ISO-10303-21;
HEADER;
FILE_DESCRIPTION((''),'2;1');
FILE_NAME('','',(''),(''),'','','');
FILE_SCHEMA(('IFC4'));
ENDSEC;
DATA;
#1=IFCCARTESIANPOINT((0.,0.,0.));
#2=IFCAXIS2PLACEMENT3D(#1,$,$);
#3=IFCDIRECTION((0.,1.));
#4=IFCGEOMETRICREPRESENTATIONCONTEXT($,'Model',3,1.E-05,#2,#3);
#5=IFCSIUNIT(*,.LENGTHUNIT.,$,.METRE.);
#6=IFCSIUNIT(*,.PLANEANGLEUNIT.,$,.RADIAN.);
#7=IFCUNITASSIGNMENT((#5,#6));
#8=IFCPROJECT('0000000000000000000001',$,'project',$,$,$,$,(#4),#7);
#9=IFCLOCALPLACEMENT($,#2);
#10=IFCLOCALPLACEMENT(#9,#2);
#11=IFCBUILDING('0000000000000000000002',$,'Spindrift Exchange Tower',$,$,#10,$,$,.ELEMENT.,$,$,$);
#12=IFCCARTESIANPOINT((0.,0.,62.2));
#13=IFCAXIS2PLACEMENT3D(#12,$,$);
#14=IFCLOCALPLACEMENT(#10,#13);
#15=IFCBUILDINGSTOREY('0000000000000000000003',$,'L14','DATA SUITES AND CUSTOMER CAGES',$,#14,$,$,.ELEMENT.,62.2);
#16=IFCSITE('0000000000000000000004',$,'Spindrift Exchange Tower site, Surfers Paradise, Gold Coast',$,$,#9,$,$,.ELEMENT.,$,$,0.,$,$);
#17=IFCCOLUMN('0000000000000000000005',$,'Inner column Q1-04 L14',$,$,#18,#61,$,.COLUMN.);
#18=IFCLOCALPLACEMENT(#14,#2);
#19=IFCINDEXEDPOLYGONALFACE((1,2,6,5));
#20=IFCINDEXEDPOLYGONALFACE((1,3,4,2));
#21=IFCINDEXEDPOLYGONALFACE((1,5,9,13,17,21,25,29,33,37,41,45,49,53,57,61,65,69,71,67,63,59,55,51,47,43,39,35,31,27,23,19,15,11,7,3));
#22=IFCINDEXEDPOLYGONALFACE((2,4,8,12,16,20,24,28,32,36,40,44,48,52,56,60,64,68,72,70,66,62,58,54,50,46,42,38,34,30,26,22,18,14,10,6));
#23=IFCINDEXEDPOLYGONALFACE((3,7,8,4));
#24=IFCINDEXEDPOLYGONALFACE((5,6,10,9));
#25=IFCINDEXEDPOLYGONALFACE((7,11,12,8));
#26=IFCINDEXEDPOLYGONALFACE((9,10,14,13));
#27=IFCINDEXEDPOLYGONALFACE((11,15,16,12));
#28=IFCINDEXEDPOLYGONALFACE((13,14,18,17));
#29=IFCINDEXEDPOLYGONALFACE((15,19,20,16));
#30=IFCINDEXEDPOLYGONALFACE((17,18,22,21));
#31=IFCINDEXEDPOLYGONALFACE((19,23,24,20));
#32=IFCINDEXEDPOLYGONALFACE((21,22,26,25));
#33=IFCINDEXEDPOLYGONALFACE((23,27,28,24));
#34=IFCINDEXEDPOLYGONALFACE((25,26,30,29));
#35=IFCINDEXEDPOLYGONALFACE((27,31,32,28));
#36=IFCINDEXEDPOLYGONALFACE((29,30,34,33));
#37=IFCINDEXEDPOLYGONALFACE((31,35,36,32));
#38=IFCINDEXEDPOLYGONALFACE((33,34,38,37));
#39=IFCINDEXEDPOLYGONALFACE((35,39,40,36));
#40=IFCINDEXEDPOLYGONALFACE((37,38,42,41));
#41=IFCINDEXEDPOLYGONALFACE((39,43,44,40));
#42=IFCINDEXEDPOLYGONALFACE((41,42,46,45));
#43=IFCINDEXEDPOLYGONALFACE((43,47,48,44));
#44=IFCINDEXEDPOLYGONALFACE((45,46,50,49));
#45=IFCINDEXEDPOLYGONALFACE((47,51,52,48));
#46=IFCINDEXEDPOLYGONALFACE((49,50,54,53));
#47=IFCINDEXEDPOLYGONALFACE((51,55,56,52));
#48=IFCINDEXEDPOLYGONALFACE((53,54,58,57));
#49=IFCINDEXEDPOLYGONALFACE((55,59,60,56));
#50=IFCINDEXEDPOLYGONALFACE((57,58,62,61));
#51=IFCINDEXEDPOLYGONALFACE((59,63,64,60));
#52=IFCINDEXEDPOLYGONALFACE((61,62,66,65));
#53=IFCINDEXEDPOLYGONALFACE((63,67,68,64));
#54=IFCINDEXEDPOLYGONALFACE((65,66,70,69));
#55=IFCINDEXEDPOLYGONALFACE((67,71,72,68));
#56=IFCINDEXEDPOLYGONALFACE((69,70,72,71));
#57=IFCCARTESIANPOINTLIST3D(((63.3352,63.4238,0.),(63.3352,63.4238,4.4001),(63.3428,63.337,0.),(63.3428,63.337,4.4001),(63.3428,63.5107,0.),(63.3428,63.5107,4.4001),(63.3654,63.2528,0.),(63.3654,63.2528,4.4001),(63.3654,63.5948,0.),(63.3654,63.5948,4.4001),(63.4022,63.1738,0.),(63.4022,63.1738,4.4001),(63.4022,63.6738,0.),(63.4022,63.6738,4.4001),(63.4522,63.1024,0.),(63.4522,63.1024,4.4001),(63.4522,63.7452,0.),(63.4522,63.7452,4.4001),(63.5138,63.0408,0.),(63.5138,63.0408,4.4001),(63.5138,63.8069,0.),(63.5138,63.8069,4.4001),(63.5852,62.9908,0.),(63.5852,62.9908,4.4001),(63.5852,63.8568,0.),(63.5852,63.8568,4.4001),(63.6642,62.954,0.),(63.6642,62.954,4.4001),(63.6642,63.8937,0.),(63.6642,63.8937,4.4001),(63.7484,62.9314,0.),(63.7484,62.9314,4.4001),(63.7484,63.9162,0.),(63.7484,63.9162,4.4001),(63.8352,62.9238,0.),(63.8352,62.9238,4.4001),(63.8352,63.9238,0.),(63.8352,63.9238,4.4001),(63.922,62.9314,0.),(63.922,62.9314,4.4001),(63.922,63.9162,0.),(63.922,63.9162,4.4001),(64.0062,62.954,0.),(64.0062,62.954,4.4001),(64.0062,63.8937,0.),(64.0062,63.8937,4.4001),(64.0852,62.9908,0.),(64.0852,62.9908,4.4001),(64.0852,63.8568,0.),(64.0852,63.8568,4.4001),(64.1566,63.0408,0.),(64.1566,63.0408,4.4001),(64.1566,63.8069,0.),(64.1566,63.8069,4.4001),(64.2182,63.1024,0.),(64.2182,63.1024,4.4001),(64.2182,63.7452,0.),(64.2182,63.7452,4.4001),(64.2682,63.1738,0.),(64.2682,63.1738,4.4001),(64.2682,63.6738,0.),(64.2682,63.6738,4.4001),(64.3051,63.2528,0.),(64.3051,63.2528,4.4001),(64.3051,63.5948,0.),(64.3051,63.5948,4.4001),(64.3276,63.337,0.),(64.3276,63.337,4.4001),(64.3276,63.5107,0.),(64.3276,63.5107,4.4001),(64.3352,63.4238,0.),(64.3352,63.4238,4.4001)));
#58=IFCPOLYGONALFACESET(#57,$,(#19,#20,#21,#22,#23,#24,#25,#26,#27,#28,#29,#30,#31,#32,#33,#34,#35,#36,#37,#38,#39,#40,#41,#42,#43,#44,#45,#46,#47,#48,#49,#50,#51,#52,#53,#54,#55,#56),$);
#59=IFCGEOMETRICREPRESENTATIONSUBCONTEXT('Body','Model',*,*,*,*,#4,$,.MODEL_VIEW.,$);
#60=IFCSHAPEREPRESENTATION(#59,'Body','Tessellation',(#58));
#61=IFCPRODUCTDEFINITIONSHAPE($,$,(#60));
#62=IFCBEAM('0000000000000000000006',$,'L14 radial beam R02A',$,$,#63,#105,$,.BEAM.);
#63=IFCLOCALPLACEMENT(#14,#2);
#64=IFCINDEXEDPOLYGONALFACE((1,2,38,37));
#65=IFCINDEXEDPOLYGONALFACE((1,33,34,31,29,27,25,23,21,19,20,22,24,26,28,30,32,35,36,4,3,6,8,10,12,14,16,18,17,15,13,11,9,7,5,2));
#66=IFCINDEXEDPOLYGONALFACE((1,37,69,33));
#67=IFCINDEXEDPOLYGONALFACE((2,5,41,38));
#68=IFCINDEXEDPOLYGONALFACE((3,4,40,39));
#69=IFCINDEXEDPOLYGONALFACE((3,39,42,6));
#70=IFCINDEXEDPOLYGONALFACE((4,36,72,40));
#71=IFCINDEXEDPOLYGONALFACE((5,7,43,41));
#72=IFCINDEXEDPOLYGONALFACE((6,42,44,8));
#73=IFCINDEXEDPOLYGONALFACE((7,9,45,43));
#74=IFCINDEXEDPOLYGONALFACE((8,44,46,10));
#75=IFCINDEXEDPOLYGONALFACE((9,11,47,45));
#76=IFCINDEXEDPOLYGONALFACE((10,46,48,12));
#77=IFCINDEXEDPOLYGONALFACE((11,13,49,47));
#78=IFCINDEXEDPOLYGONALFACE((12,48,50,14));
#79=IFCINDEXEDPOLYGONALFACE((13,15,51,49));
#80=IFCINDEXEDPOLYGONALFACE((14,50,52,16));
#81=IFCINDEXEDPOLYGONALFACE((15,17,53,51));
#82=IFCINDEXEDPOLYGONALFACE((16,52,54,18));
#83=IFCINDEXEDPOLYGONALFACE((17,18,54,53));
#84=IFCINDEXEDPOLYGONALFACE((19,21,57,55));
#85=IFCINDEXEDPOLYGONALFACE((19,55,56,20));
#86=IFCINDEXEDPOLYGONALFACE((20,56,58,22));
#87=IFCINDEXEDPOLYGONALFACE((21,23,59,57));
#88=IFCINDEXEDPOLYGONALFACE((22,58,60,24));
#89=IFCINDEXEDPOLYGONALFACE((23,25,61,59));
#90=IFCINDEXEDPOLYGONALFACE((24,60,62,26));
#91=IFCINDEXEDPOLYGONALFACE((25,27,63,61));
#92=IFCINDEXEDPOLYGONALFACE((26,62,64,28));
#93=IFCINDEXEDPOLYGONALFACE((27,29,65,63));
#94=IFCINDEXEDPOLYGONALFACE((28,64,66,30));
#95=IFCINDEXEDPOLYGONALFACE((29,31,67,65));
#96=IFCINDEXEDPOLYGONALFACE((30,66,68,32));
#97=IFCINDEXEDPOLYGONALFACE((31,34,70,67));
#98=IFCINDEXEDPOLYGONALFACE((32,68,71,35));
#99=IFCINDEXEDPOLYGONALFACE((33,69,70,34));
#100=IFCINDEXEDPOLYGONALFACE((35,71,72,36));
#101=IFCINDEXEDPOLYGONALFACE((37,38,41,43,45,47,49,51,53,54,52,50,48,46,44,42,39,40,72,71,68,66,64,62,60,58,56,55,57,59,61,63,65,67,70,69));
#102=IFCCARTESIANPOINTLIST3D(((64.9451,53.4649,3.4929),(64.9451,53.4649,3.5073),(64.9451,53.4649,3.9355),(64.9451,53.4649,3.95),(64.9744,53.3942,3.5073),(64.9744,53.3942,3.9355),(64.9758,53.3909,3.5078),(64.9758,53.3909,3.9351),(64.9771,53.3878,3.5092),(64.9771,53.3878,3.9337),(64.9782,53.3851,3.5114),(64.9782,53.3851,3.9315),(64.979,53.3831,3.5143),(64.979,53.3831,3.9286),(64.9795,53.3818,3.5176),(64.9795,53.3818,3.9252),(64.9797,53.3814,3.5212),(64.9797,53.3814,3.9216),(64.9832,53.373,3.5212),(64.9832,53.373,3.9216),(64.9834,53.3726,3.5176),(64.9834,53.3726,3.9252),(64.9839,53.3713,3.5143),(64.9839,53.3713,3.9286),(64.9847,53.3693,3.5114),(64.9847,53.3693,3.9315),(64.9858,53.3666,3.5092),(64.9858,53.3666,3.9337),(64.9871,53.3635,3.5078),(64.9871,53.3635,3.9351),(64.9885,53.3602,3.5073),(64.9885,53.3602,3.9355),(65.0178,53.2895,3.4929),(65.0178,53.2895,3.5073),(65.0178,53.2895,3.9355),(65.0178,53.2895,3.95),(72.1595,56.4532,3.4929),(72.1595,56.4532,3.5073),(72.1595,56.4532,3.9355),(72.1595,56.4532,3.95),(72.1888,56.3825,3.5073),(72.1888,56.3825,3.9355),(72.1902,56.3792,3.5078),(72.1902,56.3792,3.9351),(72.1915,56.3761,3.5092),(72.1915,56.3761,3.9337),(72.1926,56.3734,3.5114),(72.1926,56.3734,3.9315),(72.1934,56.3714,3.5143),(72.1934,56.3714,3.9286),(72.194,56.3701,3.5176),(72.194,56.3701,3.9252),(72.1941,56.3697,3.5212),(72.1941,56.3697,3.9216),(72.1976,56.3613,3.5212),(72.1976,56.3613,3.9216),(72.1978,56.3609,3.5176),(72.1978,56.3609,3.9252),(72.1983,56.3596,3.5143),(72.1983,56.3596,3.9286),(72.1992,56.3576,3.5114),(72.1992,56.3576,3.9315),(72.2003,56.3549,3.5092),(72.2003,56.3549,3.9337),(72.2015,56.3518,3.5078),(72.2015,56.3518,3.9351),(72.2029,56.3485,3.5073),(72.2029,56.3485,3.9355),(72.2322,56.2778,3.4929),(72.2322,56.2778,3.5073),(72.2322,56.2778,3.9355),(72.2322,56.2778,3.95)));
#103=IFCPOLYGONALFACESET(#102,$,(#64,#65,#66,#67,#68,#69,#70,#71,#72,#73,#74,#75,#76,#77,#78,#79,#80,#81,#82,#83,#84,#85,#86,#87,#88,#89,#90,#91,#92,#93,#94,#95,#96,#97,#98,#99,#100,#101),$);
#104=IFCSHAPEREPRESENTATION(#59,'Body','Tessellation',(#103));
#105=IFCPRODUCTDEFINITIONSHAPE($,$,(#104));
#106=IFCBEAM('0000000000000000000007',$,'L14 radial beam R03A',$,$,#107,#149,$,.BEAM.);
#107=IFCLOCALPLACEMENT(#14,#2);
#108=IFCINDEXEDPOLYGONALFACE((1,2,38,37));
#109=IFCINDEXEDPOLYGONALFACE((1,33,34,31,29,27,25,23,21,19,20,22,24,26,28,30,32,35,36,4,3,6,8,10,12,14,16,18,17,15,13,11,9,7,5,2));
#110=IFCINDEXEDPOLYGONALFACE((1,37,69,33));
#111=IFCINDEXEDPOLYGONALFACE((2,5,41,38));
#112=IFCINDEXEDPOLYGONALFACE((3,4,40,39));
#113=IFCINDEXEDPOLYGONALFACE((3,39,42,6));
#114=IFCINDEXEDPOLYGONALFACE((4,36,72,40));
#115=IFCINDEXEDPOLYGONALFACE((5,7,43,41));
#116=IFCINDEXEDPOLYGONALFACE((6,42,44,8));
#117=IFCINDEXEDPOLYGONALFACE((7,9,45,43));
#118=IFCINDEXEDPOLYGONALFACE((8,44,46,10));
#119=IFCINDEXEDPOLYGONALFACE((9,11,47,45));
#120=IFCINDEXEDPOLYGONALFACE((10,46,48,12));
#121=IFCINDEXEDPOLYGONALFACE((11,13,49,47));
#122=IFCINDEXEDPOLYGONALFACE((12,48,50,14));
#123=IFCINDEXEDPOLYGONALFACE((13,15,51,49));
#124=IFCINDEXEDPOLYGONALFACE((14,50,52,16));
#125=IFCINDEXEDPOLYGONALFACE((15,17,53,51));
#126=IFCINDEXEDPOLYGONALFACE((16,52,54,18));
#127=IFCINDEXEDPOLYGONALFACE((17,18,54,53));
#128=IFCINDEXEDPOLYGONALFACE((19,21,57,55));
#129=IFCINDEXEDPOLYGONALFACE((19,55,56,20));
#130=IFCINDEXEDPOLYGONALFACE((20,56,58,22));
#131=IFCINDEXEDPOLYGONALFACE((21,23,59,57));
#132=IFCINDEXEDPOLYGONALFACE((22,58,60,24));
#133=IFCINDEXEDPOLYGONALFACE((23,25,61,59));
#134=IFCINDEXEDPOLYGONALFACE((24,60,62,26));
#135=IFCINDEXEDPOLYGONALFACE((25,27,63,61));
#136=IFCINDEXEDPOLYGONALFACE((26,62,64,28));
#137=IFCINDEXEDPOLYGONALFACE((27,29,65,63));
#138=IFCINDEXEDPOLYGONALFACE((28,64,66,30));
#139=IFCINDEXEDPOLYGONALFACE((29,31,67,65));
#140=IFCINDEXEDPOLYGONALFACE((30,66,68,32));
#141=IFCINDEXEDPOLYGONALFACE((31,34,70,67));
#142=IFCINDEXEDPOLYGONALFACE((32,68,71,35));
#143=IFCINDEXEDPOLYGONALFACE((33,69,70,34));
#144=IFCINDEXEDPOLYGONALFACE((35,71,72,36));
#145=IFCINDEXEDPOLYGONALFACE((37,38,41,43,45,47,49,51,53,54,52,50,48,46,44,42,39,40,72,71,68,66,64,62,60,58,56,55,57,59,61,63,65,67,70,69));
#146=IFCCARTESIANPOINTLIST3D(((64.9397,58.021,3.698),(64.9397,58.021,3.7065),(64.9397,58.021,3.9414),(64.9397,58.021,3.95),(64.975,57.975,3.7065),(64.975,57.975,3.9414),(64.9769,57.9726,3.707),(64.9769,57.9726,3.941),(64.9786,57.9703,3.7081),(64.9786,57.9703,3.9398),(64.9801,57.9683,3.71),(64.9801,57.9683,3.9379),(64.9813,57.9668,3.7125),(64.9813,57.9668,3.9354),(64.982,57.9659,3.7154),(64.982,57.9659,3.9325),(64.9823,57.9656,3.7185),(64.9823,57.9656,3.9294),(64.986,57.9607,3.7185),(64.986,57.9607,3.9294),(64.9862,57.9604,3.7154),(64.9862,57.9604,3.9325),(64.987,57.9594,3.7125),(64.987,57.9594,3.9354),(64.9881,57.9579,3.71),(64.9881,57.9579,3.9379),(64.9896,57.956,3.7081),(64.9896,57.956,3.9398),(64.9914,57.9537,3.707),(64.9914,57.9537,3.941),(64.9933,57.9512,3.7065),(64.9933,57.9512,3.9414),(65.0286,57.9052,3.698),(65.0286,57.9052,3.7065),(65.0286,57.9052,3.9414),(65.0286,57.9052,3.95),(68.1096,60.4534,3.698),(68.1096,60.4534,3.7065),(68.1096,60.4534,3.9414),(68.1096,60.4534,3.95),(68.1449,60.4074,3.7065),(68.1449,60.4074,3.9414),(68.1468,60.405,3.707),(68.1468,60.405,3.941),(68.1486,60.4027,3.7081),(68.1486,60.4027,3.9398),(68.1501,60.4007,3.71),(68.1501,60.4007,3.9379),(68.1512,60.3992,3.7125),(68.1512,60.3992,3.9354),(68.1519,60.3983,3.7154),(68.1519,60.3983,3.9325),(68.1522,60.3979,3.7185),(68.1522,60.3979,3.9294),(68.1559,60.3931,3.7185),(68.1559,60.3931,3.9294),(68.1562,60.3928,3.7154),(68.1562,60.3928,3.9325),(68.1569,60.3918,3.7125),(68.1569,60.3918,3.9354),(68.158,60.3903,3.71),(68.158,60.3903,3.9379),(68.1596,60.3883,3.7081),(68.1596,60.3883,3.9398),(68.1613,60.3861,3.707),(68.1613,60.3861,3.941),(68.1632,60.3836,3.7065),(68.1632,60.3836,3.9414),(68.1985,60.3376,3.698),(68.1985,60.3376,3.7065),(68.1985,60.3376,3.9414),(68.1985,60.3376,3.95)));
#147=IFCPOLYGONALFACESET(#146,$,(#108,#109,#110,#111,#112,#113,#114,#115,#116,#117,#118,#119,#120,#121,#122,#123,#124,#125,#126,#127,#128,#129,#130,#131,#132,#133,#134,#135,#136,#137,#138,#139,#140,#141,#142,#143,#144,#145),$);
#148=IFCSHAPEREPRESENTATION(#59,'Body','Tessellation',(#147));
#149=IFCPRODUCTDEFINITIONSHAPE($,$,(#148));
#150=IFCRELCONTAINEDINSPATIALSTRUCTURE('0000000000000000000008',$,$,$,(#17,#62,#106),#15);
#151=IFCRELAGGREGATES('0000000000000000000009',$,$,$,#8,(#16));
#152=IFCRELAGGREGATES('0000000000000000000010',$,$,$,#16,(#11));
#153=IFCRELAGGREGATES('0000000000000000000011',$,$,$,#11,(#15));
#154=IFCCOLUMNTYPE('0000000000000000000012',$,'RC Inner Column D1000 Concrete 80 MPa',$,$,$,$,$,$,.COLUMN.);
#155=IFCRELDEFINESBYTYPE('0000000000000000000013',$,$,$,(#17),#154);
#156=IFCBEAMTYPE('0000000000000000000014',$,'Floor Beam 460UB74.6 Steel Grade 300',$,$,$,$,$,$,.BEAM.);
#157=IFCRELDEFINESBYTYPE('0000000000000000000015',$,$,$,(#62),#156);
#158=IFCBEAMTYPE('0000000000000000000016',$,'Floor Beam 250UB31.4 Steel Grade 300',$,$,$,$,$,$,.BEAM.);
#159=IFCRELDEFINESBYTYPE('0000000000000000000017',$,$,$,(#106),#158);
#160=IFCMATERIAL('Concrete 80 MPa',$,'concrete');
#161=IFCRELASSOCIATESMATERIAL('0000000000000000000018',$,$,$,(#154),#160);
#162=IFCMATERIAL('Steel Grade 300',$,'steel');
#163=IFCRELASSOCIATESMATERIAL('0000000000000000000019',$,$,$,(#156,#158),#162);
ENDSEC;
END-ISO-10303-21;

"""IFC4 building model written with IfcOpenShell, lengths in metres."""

from ifc_helpers import new_model, si_unit, direction, frame, origin, origin_2d, place, context, subcontext, project, spatial, circle, i_section, extrude, source, transform, mapped, material, material_profile, profile_set, type_object, element, save


model = new_model("IFC4")

# Units and contexts
model_context = context("Model", 3, precision=1e-05, world=origin(), true_north=direction((0.0, 1.0)))
body_context = subcontext(model_context, "Body", "Model", "MODEL_VIEW")
ifc_project = project(units=[si_unit("LENGTHUNIT", "METRE"), si_unit("PLANEANGLEUNIT", "RADIAN")], contexts=[model_context])

# Site, building, storey
site_placement = place(None, origin())
site = spatial("IfcSite", under=ifc_project, at=site_placement, Name="Spindrift Exchange Tower site, Surfers Paradise, Gold Coast", CompositionType="ELEMENT", RefElevation=0.0)
building_placement = place(site_placement, origin())
building = spatial("IfcBuilding", under=site, at=building_placement, Name="Spindrift Exchange Tower", CompositionType="ELEMENT")
storey_placement = place(building_placement, frame((0.0, 0.0, 62.2)))
storey = spatial("IfcBuildingStorey", under=building, at=storey_placement, Name="L14", Description="DATA SUITES AND CUSTOMER CAGES", CompositionType="ELEMENT", Elevation=62.2)

# Column
ifc_material_1 = material(Name="Concrete 80 MPa", Category="concrete")
ifc_material_profile_1 = material_profile(ifc_material_1, circle(Radius=0.5, at=origin_2d()), Name="RC D1000")
ifc_profile_set_1 = profile_set([ifc_material_profile_1], Name="Concrete 80 MPa")
column_type = type_object("IfcColumnType", Name="RC Inner Column D1000 Concrete 80 MPa", PredefinedType="COLUMN", material=ifc_profile_set_1)
shared_shape_1 = source(origin(), body_context, "Body", "SweptSolid", [
    extrude(circle(Radius=0.5, at=origin_2d()), origin(), (0.0, 0.0, 1.0), 4.4001),
])
column_placement = place(storey_placement, frame((63.8352, 63.4238, 0.0), z_axis=(0.0, 0.0, 1.0), x_axis=(1.0, 0.0, 0.0)))
element("IfcColumn", 1, at=column_placement, inside=storey, type_object=column_type, Name="Inner column Q1-04 L14", PredefinedType="COLUMN", context=body_context, shape_type="MappedRepresentation", body=[
    mapped(shared_shape_1, transform((0.0, 0.0, 0.0), scale=1.0)),
])

# Beams
ifc_material_2 = material(Name="Steel Grade 300", Category="steel")
ifc_material_profile_2 = material_profile(ifc_material_2, i_section(OverallWidth=0.1899, OverallDepth=0.457, WebThickness=0.009, FlangeThickness=0.0144, FilletRadius=0.0139, at=origin_2d()), Name="460UB74.6")
ifc_profile_set_2 = profile_set([ifc_material_profile_2], Name="Steel Grade 300")
beam_type_1 = type_object("IfcBeamType", Name="Floor Beam 460UB74.6 Steel Grade 300", PredefinedType="BEAM", material=ifc_profile_set_2)
shared_shape_2 = source(origin(), body_context, "Body", "SweptSolid", [
    extrude(i_section(OverallWidth=0.1899, OverallDepth=0.457, WebThickness=0.009, FlangeThickness=0.0144, FilletRadius=0.0139, at=origin_2d()), origin(), (0.0, 0.0, 1.0), 7.8088),
])
beam_1_placement = place(storey_placement, frame((64.9814, 53.3772, 3.7214), z_axis=(0.92388, 0.382683, 0.0), x_axis=(-0.382683, 0.92388, 0.0)))
element("IfcBeam", 2, at=beam_1_placement, inside=storey, type_object=beam_type_1, Name="L14 radial beam R02A", PredefinedType="BEAM", context=body_context, shape_type="MappedRepresentation", body=[
    mapped(shared_shape_2, transform((0.0, 0.0, 0.0), scale=1.0)),
])
ifc_material_profile_3 = material_profile(ifc_material_2, i_section(OverallWidth=0.146, OverallDepth=0.252, WebThickness=0.0061, FlangeThickness=0.0085, FilletRadius=0.012, at=origin_2d()), Name="250UB31.4")
ifc_profile_set_3 = profile_set([ifc_material_profile_3], Name="Steel Grade 300")
beam_type_2 = type_object("IfcBeamType", Name="Floor Beam 250UB31.4 Steel Grade 300", PredefinedType="BEAM", material=ifc_profile_set_3)
shared_shape_3 = source(origin(), body_context, "Body", "SweptSolid", [
    extrude(i_section(OverallWidth=0.146, OverallDepth=0.252, WebThickness=0.0061, FlangeThickness=0.0085, FilletRadius=0.012, at=origin_2d()), origin(), (0.0, 0.0, 1.0), 3.9956),
])
beam_2_placement = place(storey_placement, frame((64.9841, 57.9631, 3.824), z_axis=(0.793353, 0.608762, 0.0), x_axis=(-0.608762, 0.793353, 0.0)))
element("IfcBeam", 3, at=beam_2_placement, inside=storey, type_object=beam_type_2, Name="L14 radial beam R03A", PredefinedType="BEAM", context=body_context, shape_type="MappedRepresentation", body=[
    mapped(shared_shape_3, transform((0.0, 0.0, 0.0), scale=1.0)),
])

save(model, "model.ifc")
